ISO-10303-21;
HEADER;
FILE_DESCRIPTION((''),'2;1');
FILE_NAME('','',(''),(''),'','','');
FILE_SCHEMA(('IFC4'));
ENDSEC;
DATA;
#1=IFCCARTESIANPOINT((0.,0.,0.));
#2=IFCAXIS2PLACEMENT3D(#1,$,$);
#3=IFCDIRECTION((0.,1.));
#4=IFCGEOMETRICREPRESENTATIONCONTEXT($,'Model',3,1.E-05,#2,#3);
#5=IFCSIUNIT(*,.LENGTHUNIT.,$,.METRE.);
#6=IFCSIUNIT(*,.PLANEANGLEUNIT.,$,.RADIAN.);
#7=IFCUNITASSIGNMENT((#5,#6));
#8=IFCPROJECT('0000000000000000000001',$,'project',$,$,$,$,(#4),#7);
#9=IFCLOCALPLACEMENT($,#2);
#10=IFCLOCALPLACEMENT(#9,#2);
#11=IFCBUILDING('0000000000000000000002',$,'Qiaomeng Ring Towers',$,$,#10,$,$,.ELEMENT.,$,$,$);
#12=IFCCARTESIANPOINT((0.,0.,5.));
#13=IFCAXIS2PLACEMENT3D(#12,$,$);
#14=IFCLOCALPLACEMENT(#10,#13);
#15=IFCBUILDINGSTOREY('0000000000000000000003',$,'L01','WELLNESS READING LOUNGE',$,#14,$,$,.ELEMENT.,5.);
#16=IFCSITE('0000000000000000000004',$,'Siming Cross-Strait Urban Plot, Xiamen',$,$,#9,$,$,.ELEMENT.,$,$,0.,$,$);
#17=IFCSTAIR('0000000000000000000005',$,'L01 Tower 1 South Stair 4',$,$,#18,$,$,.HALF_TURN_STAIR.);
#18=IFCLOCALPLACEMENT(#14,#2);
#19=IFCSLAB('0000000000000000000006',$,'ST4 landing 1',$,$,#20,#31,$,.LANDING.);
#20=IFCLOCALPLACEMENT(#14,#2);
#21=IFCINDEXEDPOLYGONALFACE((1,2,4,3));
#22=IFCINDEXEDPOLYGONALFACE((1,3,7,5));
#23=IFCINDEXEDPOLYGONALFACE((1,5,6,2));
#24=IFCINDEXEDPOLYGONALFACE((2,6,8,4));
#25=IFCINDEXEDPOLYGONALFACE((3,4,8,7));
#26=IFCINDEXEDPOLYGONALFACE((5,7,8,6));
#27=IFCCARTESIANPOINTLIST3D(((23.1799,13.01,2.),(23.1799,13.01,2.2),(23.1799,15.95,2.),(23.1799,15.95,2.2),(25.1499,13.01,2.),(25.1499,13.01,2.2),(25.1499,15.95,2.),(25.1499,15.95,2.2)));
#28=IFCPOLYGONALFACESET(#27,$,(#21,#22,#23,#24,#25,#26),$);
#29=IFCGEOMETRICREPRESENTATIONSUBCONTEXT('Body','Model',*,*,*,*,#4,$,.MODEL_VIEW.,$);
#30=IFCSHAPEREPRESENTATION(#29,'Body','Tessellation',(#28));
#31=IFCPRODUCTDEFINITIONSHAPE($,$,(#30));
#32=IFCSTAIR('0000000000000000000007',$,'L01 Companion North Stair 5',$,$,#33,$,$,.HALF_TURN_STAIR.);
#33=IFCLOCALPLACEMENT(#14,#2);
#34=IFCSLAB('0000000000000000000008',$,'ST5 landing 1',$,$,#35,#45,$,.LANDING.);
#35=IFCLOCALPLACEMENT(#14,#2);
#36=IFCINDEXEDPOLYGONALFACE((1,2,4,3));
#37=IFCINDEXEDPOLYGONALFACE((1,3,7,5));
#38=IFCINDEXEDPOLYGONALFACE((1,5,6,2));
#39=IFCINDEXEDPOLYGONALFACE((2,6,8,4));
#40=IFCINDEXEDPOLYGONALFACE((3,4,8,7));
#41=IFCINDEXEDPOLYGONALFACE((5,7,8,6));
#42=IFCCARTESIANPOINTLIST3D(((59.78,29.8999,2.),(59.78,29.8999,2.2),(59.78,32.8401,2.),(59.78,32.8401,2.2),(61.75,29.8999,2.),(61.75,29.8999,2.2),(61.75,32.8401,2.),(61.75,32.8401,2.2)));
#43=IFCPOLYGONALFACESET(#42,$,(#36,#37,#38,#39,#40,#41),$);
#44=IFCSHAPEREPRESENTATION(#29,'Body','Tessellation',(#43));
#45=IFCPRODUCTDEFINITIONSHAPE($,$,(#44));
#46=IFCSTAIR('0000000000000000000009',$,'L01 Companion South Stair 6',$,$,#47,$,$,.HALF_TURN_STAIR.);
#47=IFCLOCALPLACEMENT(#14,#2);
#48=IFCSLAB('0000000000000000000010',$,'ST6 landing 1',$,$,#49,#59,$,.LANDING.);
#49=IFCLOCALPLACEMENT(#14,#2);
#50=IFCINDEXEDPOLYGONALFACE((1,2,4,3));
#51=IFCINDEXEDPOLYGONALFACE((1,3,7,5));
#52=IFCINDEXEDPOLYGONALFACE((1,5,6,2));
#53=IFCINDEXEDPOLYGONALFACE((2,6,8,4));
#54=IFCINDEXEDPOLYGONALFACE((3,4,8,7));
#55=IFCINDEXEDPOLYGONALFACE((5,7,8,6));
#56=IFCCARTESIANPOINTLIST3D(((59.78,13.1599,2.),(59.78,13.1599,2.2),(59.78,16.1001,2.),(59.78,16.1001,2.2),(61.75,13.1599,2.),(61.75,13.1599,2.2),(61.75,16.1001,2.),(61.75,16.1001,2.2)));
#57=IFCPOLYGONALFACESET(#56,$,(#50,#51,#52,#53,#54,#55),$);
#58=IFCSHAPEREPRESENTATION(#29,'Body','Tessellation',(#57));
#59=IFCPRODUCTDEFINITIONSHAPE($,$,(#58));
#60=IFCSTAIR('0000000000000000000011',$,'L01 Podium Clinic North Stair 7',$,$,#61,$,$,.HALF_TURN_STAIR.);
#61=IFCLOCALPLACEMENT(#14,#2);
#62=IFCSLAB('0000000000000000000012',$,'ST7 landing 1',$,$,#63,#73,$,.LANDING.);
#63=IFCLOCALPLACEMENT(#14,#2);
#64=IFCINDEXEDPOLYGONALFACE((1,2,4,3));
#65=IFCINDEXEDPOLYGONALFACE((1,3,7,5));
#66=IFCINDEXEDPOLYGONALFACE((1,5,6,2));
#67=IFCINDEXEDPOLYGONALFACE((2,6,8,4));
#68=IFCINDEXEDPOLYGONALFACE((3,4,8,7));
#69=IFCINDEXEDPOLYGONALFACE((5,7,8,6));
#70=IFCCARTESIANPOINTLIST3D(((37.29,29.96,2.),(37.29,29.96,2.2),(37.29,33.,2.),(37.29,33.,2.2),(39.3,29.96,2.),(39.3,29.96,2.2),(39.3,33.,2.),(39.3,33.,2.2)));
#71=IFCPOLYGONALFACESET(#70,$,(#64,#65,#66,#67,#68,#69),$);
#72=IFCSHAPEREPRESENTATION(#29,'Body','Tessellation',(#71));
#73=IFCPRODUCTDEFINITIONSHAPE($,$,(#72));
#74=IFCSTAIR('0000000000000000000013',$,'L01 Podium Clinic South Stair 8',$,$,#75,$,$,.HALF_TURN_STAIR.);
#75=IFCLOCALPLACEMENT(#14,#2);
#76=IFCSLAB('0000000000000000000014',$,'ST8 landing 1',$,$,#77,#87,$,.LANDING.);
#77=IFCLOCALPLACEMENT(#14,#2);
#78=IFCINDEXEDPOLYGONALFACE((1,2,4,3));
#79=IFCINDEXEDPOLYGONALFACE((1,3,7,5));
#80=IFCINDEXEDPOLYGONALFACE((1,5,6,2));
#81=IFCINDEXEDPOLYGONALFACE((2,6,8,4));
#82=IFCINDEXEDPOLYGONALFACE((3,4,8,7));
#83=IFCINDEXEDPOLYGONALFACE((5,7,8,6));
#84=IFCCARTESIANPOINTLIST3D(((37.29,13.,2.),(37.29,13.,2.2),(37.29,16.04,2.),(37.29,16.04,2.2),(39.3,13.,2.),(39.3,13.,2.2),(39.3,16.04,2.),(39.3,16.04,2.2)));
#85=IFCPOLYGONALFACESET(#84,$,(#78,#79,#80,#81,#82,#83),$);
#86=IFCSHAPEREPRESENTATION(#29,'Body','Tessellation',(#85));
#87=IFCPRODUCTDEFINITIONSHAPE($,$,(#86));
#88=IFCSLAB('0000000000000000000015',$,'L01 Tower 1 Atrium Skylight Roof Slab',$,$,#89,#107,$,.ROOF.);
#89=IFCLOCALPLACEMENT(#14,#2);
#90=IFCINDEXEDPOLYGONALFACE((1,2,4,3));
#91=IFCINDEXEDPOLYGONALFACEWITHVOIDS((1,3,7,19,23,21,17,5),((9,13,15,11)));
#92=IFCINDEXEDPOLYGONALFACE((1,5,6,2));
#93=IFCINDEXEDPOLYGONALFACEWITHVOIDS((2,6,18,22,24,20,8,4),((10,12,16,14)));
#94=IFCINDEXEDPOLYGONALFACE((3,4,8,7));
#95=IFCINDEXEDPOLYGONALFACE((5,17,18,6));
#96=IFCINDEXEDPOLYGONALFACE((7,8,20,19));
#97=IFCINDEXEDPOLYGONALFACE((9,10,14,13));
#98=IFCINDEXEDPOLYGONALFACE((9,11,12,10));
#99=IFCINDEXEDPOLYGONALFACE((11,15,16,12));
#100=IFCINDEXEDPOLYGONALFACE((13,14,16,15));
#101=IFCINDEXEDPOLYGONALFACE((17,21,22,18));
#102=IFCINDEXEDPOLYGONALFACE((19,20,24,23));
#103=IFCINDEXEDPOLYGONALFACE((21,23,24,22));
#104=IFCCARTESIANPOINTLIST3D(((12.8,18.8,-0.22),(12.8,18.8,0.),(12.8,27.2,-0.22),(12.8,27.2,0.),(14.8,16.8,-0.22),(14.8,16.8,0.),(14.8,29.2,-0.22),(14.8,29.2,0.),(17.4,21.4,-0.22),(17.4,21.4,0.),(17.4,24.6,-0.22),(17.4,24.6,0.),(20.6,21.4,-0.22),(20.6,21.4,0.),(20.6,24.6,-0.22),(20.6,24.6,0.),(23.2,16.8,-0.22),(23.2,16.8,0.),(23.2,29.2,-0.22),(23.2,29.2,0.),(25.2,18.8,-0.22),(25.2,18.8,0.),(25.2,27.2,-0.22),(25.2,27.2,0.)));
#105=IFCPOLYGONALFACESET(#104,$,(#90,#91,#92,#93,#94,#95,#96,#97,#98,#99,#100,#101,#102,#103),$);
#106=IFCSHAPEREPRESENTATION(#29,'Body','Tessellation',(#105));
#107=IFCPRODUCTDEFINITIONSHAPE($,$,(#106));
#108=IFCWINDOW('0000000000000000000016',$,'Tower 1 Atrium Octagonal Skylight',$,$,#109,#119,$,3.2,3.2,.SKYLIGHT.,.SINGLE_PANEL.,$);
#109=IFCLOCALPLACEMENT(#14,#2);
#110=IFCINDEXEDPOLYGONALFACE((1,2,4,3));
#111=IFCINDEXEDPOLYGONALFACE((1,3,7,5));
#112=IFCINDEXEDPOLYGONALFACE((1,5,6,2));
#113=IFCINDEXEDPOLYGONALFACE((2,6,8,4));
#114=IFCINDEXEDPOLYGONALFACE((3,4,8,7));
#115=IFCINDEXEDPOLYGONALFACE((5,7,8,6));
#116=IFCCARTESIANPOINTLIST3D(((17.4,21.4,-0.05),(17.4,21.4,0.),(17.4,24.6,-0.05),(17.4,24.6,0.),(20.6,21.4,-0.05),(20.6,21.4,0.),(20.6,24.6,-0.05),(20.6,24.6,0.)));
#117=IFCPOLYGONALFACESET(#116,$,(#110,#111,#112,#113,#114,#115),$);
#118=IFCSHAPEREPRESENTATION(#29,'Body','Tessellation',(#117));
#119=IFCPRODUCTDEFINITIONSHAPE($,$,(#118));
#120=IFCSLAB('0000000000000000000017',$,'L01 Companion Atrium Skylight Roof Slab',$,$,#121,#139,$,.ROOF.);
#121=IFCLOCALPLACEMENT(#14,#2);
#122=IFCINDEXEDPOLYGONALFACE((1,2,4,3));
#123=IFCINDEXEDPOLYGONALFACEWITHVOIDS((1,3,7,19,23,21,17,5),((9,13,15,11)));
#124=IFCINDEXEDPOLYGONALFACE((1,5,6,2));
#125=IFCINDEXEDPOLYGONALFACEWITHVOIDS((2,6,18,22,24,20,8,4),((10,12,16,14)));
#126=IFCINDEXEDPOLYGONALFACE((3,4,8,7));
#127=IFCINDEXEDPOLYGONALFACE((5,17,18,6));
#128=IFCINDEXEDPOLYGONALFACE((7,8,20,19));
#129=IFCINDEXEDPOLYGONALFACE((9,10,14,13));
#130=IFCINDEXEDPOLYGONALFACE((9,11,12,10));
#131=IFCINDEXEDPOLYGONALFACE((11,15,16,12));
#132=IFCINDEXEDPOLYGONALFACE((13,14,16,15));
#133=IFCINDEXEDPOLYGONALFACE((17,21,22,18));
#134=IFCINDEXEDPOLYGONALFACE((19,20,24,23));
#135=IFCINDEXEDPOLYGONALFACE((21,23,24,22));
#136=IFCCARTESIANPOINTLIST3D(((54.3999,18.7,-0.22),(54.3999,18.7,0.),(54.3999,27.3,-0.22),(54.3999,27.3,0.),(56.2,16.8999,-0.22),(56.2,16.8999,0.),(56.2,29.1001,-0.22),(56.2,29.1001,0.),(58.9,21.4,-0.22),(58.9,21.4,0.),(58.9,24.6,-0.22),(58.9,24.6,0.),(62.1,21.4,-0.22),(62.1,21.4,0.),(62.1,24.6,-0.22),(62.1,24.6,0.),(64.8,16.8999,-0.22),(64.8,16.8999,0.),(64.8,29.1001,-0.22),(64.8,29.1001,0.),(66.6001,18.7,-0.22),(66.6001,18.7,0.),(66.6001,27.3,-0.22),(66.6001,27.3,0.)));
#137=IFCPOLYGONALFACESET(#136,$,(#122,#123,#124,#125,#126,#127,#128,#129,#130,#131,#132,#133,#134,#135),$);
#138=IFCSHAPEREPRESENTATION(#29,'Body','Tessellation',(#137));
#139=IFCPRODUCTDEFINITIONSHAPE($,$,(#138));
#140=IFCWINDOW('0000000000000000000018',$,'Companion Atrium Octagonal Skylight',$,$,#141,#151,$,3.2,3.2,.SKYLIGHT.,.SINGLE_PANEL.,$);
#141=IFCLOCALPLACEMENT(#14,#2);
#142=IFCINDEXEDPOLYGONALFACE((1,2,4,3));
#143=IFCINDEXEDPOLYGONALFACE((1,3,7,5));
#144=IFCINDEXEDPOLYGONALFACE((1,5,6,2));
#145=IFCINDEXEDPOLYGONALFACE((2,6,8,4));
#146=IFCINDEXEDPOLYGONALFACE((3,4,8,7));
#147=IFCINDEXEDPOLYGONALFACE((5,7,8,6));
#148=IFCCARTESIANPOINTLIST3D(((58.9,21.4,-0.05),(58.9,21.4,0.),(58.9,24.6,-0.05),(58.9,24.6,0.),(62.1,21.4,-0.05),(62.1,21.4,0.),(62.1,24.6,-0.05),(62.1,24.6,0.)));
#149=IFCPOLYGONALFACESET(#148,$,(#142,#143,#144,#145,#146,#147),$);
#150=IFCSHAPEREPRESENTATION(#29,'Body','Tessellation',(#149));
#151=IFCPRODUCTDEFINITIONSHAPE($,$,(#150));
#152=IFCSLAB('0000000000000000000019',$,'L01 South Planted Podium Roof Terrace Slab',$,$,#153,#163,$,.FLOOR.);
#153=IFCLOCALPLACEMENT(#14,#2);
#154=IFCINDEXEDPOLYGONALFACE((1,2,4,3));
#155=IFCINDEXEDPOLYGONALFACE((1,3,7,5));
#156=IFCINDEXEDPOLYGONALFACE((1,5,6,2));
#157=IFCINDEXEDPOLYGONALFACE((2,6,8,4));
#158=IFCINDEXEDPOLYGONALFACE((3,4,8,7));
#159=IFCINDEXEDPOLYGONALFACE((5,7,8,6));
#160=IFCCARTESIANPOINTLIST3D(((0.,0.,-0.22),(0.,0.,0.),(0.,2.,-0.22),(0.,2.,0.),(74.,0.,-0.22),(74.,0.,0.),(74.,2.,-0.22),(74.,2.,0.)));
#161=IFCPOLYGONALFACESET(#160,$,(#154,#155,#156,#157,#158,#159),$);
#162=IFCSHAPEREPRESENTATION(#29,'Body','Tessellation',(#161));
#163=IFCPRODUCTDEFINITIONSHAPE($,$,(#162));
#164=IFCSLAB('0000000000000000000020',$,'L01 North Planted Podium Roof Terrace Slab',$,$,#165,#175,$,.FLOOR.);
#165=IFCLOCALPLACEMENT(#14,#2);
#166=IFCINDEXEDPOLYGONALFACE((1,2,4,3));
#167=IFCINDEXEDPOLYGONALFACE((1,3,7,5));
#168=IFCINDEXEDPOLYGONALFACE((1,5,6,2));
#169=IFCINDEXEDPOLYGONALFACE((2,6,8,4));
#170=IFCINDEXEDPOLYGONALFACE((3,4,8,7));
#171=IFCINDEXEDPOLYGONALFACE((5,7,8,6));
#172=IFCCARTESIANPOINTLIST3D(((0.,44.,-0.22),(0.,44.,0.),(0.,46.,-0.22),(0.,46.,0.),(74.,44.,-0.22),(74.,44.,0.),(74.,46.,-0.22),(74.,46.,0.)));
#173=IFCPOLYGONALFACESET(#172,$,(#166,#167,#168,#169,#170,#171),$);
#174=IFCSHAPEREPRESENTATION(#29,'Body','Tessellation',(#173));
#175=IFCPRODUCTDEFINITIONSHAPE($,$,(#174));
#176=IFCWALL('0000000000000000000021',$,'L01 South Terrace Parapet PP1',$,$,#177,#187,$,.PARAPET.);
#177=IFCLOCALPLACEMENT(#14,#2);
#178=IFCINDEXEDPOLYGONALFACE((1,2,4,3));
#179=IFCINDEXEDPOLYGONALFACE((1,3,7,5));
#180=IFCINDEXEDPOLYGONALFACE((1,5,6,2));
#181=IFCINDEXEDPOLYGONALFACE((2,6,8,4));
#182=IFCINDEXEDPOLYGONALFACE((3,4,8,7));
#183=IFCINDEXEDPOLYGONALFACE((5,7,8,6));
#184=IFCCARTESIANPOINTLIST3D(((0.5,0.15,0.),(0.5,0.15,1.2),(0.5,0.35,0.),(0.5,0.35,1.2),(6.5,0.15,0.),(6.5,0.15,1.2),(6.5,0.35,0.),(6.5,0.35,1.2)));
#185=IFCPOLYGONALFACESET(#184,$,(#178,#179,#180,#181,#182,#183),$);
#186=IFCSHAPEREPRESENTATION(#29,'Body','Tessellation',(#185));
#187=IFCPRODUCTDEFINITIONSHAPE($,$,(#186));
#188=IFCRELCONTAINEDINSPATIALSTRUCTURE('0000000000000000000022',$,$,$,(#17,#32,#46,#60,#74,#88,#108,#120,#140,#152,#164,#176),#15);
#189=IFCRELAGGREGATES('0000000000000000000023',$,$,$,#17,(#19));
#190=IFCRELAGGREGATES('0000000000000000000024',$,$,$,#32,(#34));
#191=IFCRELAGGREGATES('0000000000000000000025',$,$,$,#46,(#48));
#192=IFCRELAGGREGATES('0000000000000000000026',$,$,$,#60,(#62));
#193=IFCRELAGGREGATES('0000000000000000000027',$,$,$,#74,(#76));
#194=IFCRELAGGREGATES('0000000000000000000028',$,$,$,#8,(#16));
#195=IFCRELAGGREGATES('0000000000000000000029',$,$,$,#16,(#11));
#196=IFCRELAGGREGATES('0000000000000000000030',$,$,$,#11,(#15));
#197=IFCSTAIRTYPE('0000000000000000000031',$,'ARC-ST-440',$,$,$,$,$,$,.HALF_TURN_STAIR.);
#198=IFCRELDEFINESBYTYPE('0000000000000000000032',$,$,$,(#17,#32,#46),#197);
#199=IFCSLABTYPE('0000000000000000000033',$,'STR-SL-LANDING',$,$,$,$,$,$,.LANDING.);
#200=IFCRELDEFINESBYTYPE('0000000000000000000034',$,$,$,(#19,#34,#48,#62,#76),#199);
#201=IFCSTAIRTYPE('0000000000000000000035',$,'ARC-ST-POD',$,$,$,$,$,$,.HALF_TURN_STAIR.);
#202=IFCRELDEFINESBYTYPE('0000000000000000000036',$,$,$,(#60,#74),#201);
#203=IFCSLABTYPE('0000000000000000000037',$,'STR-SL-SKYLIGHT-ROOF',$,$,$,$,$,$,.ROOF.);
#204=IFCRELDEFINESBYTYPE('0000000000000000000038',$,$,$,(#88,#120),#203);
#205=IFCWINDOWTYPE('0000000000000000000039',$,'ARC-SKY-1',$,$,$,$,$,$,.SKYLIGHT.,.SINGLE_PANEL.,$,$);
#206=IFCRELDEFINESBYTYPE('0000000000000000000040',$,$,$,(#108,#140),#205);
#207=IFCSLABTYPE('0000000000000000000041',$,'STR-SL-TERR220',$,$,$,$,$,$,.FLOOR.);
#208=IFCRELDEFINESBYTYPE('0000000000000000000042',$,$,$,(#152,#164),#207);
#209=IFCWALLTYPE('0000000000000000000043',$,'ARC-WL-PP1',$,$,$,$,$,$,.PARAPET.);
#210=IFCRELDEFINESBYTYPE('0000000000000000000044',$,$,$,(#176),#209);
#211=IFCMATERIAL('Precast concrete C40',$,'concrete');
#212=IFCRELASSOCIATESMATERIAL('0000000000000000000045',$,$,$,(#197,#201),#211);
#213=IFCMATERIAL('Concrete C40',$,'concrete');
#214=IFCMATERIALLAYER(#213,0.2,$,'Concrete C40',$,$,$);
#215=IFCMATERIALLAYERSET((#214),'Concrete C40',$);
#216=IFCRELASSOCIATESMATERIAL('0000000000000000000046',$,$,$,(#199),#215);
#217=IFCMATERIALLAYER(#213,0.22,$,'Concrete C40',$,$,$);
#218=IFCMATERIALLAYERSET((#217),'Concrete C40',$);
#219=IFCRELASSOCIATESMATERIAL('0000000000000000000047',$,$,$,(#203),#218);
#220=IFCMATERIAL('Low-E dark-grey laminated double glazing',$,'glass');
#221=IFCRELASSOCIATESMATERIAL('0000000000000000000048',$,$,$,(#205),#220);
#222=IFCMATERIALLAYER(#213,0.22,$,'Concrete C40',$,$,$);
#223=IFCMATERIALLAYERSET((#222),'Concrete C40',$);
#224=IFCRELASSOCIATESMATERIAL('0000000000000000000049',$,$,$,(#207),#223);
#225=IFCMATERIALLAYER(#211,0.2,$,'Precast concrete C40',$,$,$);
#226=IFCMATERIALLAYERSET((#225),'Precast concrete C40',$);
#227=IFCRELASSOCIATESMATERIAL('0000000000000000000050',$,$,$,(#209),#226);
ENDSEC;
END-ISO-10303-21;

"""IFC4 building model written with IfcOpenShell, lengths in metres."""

from ifc_helpers import new_model, si_unit, direction, frame, frame_2d, origin, origin_2d, place, context, subcontext, project, spatial, polyline, rectangle, outline, extrude, material, layer, layer_set, type_object, element, fill, aggregate, save


model = new_model("IFC4")

# Units and contexts
model_context = context("Model", 3, precision=1e-05, world=origin(), true_north=direction((0.0, 1.0)))
body_context = subcontext(model_context, "Body", "Model", "MODEL_VIEW")
ifc_project = project(units=[si_unit("LENGTHUNIT", "METRE"), si_unit("PLANEANGLEUNIT", "RADIAN")], contexts=[model_context])

# Site, building, storey
site_placement = place(None, origin())
site = spatial("IfcSite", under=ifc_project, at=site_placement, Name="Siming Cross-Strait Urban Plot, Xiamen", CompositionType="ELEMENT", RefElevation=0.0)
building_placement = place(site_placement, origin())
building = spatial("IfcBuilding", under=site, at=building_placement, Name="Qiaomeng Ring Towers", CompositionType="ELEMENT")
storey_placement = place(building_placement, frame((0.0, 0.0, 5.0)))
storey = spatial("IfcBuildingStorey", under=building, at=storey_placement, Name="L01", Description="WELLNESS READING LOUNGE", CompositionType="ELEMENT", Elevation=5.0)

# Shared definitions
ifc_material_1 = material(Name="Concrete C40", Category="concrete")

# Stairs, slabs
ifc_material_2 = material(Name="Precast concrete C40", Category="concrete")
stair_type_1 = type_object("IfcStairType", Name="ARC-ST-440", PredefinedType="HALF_TURN_STAIR", material=ifc_material_2)
ifc_layer_1 = layer(ifc_material_1, 0.2, Name="Concrete C40")
ifc_layer_set_1 = layer_set([ifc_layer_1], Name="Concrete C40")
slab_type_1 = type_object("IfcSlabType", Name="STR-SL-LANDING", PredefinedType="LANDING", material=ifc_layer_set_1)
stair_1_placement = place(storey_placement, origin())
stair_1 = element("IfcStair", 1, at=stair_1_placement, inside=storey, type_object=stair_type_1, Name="L01 Tower 1 South Stair 4", PredefinedType="HALF_TURN_STAIR")
slab_1_placement = place(storey_placement, frame((0.0, 0.0, 2.0)))
slab_1 = element("IfcSlab", 2, at=slab_1_placement, type_object=slab_type_1, Name="ST4 landing 1", PredefinedType="LANDING", context=body_context, shape_type="SweptSolid", body=[
    extrude(outline(polyline([(23.1799, 13.01), (25.1499, 13.01), (25.1499, 15.95), (23.1799, 15.95), (23.1799, 13.01)])), origin(), (0.0, 0.0, 1.0), 0.2),
])
aggregate(stair_1, [slab_1])
stair_2_placement = place(storey_placement, origin())
stair_2 = element("IfcStair", 3, at=stair_2_placement, inside=storey, type_object=stair_type_1, Name="L01 Companion North Stair 5", PredefinedType="HALF_TURN_STAIR")
slab_2_placement = place(storey_placement, frame((0.0, 0.0, 2.0)))
slab_2 = element("IfcSlab", 4, at=slab_2_placement, type_object=slab_type_1, Name="ST5 landing 1", PredefinedType="LANDING", context=body_context, shape_type="SweptSolid", body=[
    extrude(outline(polyline([(59.78, 29.8999), (61.75, 29.8999), (61.75, 32.8401), (59.78, 32.8401), (59.78, 29.8999)])), origin(), (0.0, 0.0, 1.0), 0.2),
])
aggregate(stair_2, [slab_2])
stair_3_placement = place(storey_placement, origin())
stair_3 = element("IfcStair", 5, at=stair_3_placement, inside=storey, type_object=stair_type_1, Name="L01 Companion South Stair 6", PredefinedType="HALF_TURN_STAIR")
slab_3_placement = place(storey_placement, frame((0.0, 0.0, 2.0)))
slab_3 = element("IfcSlab", 6, at=slab_3_placement, type_object=slab_type_1, Name="ST6 landing 1", PredefinedType="LANDING", context=body_context, shape_type="SweptSolid", body=[
    extrude(outline(polyline([(59.78, 13.1599), (61.75, 13.1599), (61.75, 16.1001), (59.78, 16.1001), (59.78, 13.1599)])), origin(), (0.0, 0.0, 1.0), 0.2),
])
aggregate(stair_3, [slab_3])
stair_type_2 = type_object("IfcStairType", Name="ARC-ST-POD", PredefinedType="HALF_TURN_STAIR", material=ifc_material_2)
stair_4_placement = place(storey_placement, origin())
stair_4 = element("IfcStair", 7, at=stair_4_placement, inside=storey, type_object=stair_type_2, Name="L01 Podium Clinic North Stair 7", PredefinedType="HALF_TURN_STAIR")
slab_4_placement = place(storey_placement, frame((0.0, 0.0, 2.0)))
slab_4 = element("IfcSlab", 8, at=slab_4_placement, type_object=slab_type_1, Name="ST7 landing 1", PredefinedType="LANDING", context=body_context, shape_type="SweptSolid", body=[
    extrude(outline(polyline([(37.29, 29.96), (39.3, 29.96), (39.3, 33.0), (37.29, 33.0), (37.29, 29.96)])), origin(), (0.0, 0.0, 1.0), 0.2),
])
aggregate(stair_4, [slab_4])
stair_5_placement = place(storey_placement, origin())
stair_5 = element("IfcStair", 9, at=stair_5_placement, inside=storey, type_object=stair_type_2, Name="L01 Podium Clinic South Stair 8", PredefinedType="HALF_TURN_STAIR")
slab_5_placement = place(storey_placement, frame((0.0, 0.0, 2.0)))
slab_5 = element("IfcSlab", 10, at=slab_5_placement, type_object=slab_type_1, Name="ST8 landing 1", PredefinedType="LANDING", context=body_context, shape_type="SweptSolid", body=[
    extrude(outline(polyline([(37.29, 13.0), (39.3, 13.0), (39.3, 16.04), (37.29, 16.04), (37.29, 13.0)])), origin(), (0.0, 0.0, 1.0), 0.2),
])
aggregate(stair_5, [slab_5])

# Slabs, openings, windows
ifc_layer_2 = layer(ifc_material_1, 0.22, Name="Concrete C40")
ifc_layer_set_2 = layer_set([ifc_layer_2], Name="Concrete C40")
slab_type_2 = type_object("IfcSlabType", Name="STR-SL-SKYLIGHT-ROOF", PredefinedType="ROOF", material=ifc_layer_set_2)
slab_6_placement = place(storey_placement, frame((0.0, 0.0, -0.22)))
slab_6 = element("IfcSlab", 11, at=slab_6_placement, inside=storey, type_object=slab_type_2, Name="L01 Tower 1 Atrium Skylight Roof Slab", PredefinedType="ROOF", context=body_context, shape_type="SweptSolid", body=[
    extrude(outline(polyline([(14.8, 16.8), (23.2, 16.8), (25.2, 18.8), (25.2, 27.2), (23.2, 29.2), (14.8, 29.2), (12.8, 27.2), (12.8, 18.8), (14.8, 16.8)])), origin(), (0.0, 0.0, 1.0), 0.22),
])
opening_1_placement = place(slab_6_placement, frame((19.0, 23.0, 0.0)))
opening_1 = element("IfcOpeningElement", 12, at=opening_1_placement, cuts=slab_6, PredefinedType="OPENING", context=body_context, shape_type="SweptSolid", body=[
    extrude(rectangle(XDim=3.2, YDim=3.2, at=origin_2d()), frame((0.0, 0.0, -0.01)), (0.0, 0.0, 1.0), 0.24),
])
ifc_material_3 = material(Name="Low-E dark-grey laminated double glazing", Category="glass")
window_type = type_object("IfcWindowType", Name="ARC-SKY-1", PartitioningType="SINGLE_PANEL", PredefinedType="SKYLIGHT", material=ifc_material_3)
window_1_placement = place(opening_1_placement, frame((0.0, 0.0, 0.1699)))
window_1 = element("IfcWindow", 13, at=window_1_placement, inside=storey, type_object=window_type, Name="Tower 1 Atrium Octagonal Skylight", OverallHeight=3.2, OverallWidth=3.2, PartitioningType="SINGLE_PANEL", PredefinedType="SKYLIGHT", context=body_context, shape_type="SweptSolid", body=[
    extrude(rectangle(XDim=3.2, YDim=3.2, at=origin_2d()), origin(), (0.0, 0.0, 1.0), 0.05),
])
fill(opening_1, window_1)
slab_7_placement = place(storey_placement, frame((0.0, 0.0, -0.22)))
slab_7 = element("IfcSlab", 14, at=slab_7_placement, inside=storey, type_object=slab_type_2, Name="L01 Companion Atrium Skylight Roof Slab", PredefinedType="ROOF", context=body_context, shape_type="SweptSolid", body=[
    extrude(outline(polyline([(56.2, 16.8999), (64.8, 16.8999), (66.6001, 18.7), (66.6001, 27.3), (64.8, 29.1001), (56.2, 29.1001), (54.3999, 27.3), (54.3999, 18.7), (56.2, 16.8999)])), origin(), (0.0, 0.0, 1.0), 0.22),
])
opening_2_placement = place(slab_7_placement, frame((60.5, 23.0, 0.0)))
opening_2 = element("IfcOpeningElement", 15, at=opening_2_placement, cuts=slab_7, PredefinedType="OPENING", context=body_context, shape_type="SweptSolid", body=[
    extrude(rectangle(XDim=3.2, YDim=3.2, at=origin_2d()), frame((0.0, 0.0, -0.01)), (0.0, 0.0, 1.0), 0.24),
])
window_2_placement = place(opening_2_placement, frame((0.0, 0.0, 0.1699)))
window_2 = element("IfcWindow", 16, at=window_2_placement, inside=storey, type_object=window_type, Name="Companion Atrium Octagonal Skylight", OverallHeight=3.2, OverallWidth=3.2, PartitioningType="SINGLE_PANEL", PredefinedType="SKYLIGHT", context=body_context, shape_type="SweptSolid", body=[
    extrude(rectangle(XDim=3.2, YDim=3.2, at=origin_2d()), origin(), (0.0, 0.0, 1.0), 0.05),
])
fill(opening_2, window_2)

# Slabs
ifc_layer_3 = layer(ifc_material_1, 0.22, Name="Concrete C40")
ifc_layer_set_3 = layer_set([ifc_layer_3], Name="Concrete C40")
slab_type_3 = type_object("IfcSlabType", Name="STR-SL-TERR220", PredefinedType="FLOOR", material=ifc_layer_set_3)
slab_8_placement = place(storey_placement, frame((0.0, 0.0, -0.22)))
element("IfcSlab", 17, at=slab_8_placement, inside=storey, type_object=slab_type_3, Name="L01 South Planted Podium Roof Terrace Slab", PredefinedType="FLOOR", context=body_context, shape_type="SweptSolid", body=[
    extrude(outline(polyline([(0.0, 0.0), (74.0, 0.0), (74.0, 2.0), (0.0, 2.0), (0.0, 0.0)])), origin(), (0.0, 0.0, 1.0), 0.22),
])
slab_9_placement = place(storey_placement, frame((0.0, 0.0, -0.22)))
element("IfcSlab", 18, at=slab_9_placement, inside=storey, type_object=slab_type_3, Name="L01 North Planted Podium Roof Terrace Slab", PredefinedType="FLOOR", context=body_context, shape_type="SweptSolid", body=[
    extrude(outline(polyline([(0.0, 44.0), (74.0, 44.0), (74.0, 46.0), (0.0, 46.0), (0.0, 44.0)])), origin(), (0.0, 0.0, 1.0), 0.22),
])

# Wall
ifc_layer_4 = layer(ifc_material_2, 0.2, Name="Precast concrete C40")
ifc_layer_set_4 = layer_set([ifc_layer_4], Name="Precast concrete C40")
wall_type_1 = type_object("IfcWallType", Name="ARC-WL-PP1", PredefinedType="PARAPET", material=ifc_layer_set_4)
wall_1_placement = place(storey_placement, frame((0.5, 0.25, 0.0), z_axis=(0.0, 0.0, 1.0), x_axis=(1.0, 0.0, 0.0)))
element("IfcWall", 19, at=wall_1_placement, inside=storey, type_object=wall_type_1, Name="L01 South Terrace Parapet PP1", PredefinedType="PARAPET", context=body_context, shape_type="SweptSolid", body=[
    extrude(rectangle(XDim=6.0, YDim=0.2, at=frame_2d((3.0, 0.0))), origin(), (0.0, 0.0, 1.0), 1.2),
])

save(model, "model.ifc")
